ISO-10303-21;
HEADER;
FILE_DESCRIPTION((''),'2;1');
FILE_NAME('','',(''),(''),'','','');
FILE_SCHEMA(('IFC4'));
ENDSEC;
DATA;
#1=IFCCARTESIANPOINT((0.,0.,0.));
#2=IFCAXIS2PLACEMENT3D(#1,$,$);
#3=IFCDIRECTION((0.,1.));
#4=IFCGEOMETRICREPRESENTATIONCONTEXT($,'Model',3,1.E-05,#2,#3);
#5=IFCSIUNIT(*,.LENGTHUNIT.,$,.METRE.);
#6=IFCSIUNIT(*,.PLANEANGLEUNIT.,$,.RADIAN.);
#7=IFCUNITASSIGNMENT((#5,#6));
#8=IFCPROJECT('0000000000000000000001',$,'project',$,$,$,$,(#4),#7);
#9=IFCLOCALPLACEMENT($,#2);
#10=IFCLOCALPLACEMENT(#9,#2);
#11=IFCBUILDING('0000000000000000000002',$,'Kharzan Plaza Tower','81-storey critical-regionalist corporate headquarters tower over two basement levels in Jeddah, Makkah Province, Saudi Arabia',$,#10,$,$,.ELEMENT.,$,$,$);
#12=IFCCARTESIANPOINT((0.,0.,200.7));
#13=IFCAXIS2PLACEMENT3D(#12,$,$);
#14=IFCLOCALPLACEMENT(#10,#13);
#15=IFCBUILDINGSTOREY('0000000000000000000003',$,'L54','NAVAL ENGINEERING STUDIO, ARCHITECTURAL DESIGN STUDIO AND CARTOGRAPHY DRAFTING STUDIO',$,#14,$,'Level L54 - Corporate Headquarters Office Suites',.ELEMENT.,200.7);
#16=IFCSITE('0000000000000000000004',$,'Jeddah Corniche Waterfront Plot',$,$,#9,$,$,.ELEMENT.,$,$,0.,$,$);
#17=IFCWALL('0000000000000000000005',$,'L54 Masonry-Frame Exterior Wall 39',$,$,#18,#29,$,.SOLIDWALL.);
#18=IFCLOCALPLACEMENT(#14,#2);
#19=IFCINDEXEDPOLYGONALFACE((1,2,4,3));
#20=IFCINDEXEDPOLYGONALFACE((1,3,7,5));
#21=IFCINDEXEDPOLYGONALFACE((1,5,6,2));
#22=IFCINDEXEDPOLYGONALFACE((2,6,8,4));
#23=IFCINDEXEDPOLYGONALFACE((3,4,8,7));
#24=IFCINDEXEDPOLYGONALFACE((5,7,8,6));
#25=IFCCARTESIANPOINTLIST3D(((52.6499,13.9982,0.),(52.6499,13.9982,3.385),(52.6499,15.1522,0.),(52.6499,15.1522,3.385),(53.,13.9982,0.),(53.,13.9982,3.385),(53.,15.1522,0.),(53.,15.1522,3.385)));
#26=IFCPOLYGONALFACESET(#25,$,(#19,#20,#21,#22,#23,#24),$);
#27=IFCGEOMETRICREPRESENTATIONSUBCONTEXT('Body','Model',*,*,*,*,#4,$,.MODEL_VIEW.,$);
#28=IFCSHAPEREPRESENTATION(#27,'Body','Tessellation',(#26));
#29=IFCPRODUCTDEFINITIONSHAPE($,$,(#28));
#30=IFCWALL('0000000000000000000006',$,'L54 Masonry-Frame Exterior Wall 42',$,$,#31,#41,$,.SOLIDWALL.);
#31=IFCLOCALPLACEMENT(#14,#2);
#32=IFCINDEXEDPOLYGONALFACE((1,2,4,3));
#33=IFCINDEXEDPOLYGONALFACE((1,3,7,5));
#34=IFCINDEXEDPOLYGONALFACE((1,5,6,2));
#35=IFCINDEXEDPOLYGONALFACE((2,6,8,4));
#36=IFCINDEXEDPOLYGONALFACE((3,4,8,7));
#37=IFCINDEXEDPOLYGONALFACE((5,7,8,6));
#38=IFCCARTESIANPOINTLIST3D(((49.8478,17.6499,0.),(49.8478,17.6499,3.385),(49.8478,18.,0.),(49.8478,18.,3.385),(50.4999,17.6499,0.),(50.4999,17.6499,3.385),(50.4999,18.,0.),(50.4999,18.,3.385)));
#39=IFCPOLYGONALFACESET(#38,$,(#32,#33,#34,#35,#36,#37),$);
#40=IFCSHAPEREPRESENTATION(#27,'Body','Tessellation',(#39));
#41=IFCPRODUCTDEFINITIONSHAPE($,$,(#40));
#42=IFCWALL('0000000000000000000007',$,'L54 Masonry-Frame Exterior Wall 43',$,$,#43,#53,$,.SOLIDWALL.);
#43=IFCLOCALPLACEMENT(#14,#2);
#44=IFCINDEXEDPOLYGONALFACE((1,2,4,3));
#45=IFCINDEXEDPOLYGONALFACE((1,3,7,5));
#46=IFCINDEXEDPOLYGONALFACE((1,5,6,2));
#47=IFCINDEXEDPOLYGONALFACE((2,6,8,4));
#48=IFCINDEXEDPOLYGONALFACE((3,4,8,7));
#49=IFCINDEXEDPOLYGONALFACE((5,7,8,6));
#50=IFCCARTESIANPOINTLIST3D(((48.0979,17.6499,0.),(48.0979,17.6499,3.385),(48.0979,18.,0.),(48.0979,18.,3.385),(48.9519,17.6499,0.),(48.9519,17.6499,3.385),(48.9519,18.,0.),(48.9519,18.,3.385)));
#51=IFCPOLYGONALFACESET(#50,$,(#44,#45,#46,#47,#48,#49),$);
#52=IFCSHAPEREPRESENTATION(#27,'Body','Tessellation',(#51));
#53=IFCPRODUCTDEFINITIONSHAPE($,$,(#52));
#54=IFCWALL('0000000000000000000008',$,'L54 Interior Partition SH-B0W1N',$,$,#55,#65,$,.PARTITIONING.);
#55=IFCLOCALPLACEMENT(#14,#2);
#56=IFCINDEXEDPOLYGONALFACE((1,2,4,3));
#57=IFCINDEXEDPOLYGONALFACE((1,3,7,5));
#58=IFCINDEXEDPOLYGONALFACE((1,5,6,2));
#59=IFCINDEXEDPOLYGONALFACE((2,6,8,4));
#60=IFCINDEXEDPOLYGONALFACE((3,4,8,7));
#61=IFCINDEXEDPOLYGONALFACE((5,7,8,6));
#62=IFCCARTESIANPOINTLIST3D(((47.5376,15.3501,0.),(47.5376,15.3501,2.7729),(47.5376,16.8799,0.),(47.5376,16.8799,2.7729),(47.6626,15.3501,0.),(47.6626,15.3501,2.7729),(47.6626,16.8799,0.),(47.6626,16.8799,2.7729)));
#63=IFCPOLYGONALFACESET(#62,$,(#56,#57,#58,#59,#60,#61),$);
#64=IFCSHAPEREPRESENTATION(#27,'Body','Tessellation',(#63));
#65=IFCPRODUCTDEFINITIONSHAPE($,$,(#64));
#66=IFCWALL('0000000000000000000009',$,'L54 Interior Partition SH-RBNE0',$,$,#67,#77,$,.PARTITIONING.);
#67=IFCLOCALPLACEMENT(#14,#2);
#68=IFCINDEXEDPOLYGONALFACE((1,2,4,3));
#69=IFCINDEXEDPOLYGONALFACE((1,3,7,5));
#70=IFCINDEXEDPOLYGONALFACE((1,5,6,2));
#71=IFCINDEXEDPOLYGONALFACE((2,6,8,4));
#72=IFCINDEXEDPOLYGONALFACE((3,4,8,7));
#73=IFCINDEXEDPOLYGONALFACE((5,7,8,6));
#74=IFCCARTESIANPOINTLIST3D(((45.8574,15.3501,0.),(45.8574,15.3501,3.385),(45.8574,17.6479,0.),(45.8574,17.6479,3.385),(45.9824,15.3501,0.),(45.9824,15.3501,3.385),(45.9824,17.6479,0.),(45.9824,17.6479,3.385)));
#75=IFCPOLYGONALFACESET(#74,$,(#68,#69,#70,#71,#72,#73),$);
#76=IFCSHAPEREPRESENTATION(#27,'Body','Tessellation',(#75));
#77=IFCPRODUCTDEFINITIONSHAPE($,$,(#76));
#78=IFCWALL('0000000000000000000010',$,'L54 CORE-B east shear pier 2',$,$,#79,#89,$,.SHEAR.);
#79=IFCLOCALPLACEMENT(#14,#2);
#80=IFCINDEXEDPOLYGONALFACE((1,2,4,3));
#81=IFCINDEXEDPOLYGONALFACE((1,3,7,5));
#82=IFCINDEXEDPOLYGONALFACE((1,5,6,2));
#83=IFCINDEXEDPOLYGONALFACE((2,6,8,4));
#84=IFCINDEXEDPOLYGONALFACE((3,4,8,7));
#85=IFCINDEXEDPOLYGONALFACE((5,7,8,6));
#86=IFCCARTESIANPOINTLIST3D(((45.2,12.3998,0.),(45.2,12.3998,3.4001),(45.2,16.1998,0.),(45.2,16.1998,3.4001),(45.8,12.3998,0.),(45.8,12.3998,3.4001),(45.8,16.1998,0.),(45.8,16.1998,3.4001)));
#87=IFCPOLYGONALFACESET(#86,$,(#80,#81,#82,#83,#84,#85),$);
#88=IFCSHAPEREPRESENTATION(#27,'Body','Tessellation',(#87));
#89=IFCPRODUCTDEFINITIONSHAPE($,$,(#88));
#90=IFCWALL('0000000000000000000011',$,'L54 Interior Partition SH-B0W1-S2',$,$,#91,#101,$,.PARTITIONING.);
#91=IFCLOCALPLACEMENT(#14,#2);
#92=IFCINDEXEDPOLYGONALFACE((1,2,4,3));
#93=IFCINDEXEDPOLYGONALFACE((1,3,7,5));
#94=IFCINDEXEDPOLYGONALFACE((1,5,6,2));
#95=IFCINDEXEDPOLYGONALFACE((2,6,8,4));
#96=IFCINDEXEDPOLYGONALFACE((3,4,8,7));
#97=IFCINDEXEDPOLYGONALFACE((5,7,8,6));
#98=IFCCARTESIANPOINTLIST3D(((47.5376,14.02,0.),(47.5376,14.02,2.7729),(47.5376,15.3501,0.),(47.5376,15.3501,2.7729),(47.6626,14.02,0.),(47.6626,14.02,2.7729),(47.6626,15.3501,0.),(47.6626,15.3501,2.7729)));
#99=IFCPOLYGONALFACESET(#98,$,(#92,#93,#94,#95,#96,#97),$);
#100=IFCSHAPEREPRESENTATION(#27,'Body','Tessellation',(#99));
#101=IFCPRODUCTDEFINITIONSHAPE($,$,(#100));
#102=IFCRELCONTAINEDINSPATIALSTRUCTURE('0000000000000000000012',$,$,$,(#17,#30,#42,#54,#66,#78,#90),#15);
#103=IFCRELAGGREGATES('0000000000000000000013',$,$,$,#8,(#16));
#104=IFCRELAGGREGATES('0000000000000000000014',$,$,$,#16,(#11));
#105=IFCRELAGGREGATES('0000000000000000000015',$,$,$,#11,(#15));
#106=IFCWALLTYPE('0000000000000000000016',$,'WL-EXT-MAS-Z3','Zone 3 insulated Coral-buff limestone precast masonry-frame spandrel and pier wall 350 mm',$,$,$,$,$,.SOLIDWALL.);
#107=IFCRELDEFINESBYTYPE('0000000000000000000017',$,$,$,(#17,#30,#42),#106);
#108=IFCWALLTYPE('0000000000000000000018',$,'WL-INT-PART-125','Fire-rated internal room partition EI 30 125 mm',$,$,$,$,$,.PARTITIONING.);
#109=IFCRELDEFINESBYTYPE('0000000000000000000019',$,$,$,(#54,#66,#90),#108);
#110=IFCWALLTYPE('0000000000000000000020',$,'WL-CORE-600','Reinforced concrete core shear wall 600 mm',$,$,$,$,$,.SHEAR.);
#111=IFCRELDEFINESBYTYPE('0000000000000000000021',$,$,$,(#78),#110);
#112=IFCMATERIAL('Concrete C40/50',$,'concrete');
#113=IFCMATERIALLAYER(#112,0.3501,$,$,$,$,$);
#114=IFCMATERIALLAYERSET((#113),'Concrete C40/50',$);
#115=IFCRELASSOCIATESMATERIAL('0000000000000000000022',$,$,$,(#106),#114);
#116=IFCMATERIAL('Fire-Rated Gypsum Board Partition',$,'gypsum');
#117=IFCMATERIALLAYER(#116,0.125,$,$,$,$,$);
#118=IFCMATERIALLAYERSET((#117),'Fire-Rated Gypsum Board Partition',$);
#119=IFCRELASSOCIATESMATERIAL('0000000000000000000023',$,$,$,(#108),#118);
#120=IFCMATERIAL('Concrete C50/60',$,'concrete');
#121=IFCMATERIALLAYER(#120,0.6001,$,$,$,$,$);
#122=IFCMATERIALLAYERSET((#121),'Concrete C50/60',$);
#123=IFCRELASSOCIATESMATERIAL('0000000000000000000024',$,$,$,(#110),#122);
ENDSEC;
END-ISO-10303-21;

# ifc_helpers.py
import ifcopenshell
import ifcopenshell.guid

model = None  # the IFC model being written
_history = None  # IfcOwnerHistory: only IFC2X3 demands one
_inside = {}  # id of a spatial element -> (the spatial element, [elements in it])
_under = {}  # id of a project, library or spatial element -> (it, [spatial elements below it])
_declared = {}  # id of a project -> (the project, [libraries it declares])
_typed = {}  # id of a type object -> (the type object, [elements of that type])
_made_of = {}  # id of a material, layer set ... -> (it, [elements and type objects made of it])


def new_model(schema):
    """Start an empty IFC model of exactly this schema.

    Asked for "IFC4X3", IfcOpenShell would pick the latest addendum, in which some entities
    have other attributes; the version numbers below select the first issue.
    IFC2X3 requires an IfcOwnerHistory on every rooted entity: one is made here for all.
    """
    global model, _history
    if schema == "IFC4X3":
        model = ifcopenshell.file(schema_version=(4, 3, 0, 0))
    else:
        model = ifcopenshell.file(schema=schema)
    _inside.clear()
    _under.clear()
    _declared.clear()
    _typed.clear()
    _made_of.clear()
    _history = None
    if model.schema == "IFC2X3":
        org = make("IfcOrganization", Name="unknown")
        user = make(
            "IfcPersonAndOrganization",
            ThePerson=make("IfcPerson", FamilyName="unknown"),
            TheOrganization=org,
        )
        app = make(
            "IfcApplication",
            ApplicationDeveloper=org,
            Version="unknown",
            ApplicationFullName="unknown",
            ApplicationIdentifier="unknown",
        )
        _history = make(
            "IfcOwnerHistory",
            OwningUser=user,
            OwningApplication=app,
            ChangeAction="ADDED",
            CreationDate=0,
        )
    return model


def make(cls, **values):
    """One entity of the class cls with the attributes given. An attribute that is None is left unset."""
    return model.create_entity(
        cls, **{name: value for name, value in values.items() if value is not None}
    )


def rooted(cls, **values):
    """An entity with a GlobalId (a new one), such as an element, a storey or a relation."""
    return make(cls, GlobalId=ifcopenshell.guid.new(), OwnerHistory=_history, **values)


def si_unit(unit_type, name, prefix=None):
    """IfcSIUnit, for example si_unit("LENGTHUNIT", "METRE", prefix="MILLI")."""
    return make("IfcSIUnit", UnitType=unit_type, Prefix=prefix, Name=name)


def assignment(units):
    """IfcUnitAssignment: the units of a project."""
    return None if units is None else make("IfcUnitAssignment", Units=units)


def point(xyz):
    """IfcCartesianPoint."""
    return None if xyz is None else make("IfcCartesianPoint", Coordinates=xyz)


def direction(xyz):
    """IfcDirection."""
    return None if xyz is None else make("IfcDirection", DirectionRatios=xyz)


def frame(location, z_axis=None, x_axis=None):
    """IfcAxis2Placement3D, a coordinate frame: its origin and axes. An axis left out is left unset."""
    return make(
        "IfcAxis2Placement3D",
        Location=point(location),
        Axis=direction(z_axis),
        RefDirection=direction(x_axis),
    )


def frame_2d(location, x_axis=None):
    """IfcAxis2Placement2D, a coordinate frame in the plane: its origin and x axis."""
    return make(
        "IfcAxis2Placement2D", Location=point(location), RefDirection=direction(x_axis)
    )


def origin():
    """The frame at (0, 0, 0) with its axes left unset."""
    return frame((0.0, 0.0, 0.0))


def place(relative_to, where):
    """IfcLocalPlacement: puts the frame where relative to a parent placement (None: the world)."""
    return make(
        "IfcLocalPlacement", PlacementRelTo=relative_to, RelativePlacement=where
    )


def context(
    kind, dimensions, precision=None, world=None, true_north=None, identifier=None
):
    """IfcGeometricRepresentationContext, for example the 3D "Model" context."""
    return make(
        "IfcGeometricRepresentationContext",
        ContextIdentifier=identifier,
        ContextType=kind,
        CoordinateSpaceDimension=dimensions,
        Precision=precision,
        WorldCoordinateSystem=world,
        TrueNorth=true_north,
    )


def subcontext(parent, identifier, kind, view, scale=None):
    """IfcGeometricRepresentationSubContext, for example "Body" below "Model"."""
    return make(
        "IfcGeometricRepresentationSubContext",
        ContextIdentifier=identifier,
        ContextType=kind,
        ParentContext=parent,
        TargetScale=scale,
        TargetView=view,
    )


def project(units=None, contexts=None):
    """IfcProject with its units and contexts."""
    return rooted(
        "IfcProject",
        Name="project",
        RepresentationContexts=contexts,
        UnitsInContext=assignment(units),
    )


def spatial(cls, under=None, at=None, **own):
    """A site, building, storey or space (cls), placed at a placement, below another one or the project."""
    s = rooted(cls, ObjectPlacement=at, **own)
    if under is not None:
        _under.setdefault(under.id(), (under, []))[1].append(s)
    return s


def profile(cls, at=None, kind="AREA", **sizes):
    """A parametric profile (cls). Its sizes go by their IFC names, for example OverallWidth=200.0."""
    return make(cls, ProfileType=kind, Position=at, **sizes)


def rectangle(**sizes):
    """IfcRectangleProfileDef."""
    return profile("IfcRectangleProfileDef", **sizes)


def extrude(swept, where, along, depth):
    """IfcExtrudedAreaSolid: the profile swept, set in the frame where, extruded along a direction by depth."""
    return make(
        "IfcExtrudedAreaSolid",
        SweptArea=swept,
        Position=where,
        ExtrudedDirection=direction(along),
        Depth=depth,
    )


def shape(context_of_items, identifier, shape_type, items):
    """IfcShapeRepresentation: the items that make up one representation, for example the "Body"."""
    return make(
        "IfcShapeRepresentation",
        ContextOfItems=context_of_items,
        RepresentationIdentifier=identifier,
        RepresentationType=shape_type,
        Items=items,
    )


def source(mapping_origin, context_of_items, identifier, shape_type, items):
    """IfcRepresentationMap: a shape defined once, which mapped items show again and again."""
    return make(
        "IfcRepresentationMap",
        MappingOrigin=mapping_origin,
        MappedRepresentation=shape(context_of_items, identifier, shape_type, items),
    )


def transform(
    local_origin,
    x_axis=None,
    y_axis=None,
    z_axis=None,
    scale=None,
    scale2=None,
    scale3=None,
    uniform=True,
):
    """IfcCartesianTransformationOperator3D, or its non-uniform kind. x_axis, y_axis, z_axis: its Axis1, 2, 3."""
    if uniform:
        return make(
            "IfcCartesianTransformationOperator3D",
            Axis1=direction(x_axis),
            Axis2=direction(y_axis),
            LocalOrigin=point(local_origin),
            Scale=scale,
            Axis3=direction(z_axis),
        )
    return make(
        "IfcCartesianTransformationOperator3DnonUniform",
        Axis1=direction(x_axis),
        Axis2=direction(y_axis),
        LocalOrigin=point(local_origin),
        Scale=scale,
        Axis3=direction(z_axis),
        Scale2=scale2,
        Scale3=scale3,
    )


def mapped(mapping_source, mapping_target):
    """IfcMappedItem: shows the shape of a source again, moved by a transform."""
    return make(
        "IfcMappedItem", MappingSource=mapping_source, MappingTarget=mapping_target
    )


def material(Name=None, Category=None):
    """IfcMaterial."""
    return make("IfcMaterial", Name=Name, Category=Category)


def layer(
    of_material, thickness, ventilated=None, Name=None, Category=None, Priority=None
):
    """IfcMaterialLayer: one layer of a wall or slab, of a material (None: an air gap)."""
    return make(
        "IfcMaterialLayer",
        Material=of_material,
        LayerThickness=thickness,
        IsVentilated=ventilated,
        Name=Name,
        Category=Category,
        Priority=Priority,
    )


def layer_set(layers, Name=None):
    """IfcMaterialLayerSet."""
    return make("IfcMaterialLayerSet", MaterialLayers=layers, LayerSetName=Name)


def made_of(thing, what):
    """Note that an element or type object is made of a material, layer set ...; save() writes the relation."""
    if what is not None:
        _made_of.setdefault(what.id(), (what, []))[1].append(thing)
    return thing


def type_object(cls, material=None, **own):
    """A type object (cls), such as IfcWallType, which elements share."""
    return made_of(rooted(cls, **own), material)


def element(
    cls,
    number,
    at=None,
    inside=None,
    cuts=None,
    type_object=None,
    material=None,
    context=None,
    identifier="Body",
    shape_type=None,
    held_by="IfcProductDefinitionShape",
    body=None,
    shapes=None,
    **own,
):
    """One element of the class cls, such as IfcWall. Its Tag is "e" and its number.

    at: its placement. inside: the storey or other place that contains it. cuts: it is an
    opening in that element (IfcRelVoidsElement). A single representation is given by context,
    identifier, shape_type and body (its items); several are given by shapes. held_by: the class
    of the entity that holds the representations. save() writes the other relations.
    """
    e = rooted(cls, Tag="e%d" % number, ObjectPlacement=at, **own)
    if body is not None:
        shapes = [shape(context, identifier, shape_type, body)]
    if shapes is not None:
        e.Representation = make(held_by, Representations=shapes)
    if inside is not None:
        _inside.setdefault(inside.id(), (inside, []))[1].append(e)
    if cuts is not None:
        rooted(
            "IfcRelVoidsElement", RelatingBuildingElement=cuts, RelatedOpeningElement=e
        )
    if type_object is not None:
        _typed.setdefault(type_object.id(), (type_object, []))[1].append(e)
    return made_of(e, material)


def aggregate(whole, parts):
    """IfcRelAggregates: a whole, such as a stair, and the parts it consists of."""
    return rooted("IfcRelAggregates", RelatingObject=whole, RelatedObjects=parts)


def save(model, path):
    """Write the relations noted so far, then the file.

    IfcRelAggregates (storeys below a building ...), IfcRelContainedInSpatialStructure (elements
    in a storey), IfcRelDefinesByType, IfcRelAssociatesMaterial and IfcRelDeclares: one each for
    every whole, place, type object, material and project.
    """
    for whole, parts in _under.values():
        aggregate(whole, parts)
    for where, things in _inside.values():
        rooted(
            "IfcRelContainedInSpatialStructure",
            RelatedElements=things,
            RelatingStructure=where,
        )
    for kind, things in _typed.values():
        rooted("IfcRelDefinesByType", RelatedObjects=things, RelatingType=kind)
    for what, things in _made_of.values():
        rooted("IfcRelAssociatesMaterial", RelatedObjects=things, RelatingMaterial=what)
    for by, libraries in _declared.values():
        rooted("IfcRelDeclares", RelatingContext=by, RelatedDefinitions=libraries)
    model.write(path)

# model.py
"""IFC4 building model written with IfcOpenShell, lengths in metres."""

from ifc_helpers import new_model, si_unit, direction, frame, frame_2d, origin, place, context, subcontext, project, spatial, rectangle, extrude, source, transform, mapped, material, layer, layer_set, type_object, element, save


model = new_model("IFC4")

# Units and contexts
model_context = context("Model", 3, precision=1e-05, world=origin(), true_north=direction((0.0, 1.0)))
body_context = subcontext(model_context, "Body", "Model", "MODEL_VIEW")
ifc_project = project(units=[si_unit("LENGTHUNIT", "METRE"), si_unit("PLANEANGLEUNIT", "RADIAN")], contexts=[model_context])

# Site, building, storey
site_placement = place(None, origin())
site = spatial("IfcSite", under=ifc_project, at=site_placement, Name="Jeddah Corniche Waterfront Plot", CompositionType="ELEMENT", RefElevation=0.0)
building_placement = place(site_placement, origin())
building = spatial("IfcBuilding", under=site, at=building_placement, Name="Kharzan Plaza Tower", Description="81-storey critical-regionalist corporate headquarters tower over two basement levels in Jeddah, Makkah Province, Saudi Arabia", CompositionType="ELEMENT")
storey_placement = place(building_placement, frame((0.0, 0.0, 200.7)))
storey = spatial("IfcBuildingStorey", under=building, at=storey_placement, Name="L54", Description="NAVAL ENGINEERING STUDIO, ARCHITECTURAL DESIGN STUDIO AND CARTOGRAPHY DRAFTING STUDIO", LongName="Level L54 - Corporate Headquarters Office Suites", CompositionType="ELEMENT", Elevation=200.7)

# Shared definitions
ifc_material_1 = material(Name="Concrete C50/60", Category="concrete")

# Shared definitions
ifc_material_2 = material(Name="Concrete C40/50", Category="concrete")
ifc_layer_1 = layer(ifc_material_2, 0.3501)
ifc_layer_set_1 = layer_set([ifc_layer_1], Name="Concrete C40/50")
wall_type_1 = type_object("IfcWallType", Name="WL-EXT-MAS-Z3", Description="Zone 3 insulated Coral-buff limestone precast masonry-frame spandrel and pier wall 350 mm", PredefinedType="SOLIDWALL", material=ifc_layer_set_1)

# Walls
shared_shape_1 = source(origin(), body_context, "Body", "SweptSolid", [
    extrude(rectangle(XDim=1.1541, YDim=0.3501, at=frame_2d((0.5771, 0.0))), origin(), (0.0, 0.0, 1.0), 3.385),
])
wall_1_placement = place(storey_placement, frame((52.825, 13.998, 0.0), z_axis=(0.0, 0.0, 1.0), x_axis=(0.0, 1.0, 0.0)))
element("IfcWall", 1, at=wall_1_placement, inside=storey, type_object=wall_type_1, Name="L54 Masonry-Frame Exterior Wall 39", PredefinedType="SOLIDWALL", context=body_context, shape_type="MappedRepresentation", body=[
    mapped(shared_shape_1, transform((0.0, 0.0, 0.0), x_axis=(1.0, 0.0, 0.0), y_axis=(0.0, 1.0, 0.0), z_axis=(0.0, 0.0, 1.0))),
])
shared_shape_2 = source(origin(), body_context, "Body", "SweptSolid", [
    extrude(rectangle(XDim=0.6521, YDim=0.3501, at=frame_2d((0.3262, 0.0))), origin(), (0.0, 0.0, 1.0), 3.385),
])
wall_2_placement = place(storey_placement, frame((50.5, 17.825, 0.0), z_axis=(0.0, 0.0, 1.0), x_axis=(-1.0, 0.0, 0.0)))
element("IfcWall", 2, at=wall_2_placement, inside=storey, type_object=wall_type_1, Name="L54 Masonry-Frame Exterior Wall 42", PredefinedType="SOLIDWALL", context=body_context, shape_type="MappedRepresentation", body=[
    mapped(shared_shape_2, transform((0.0, 0.0, 0.0), x_axis=(1.0, 0.0, 0.0), y_axis=(0.0, 1.0, 0.0), z_axis=(0.0, 0.0, 1.0))),
])
shared_shape_3 = source(origin(), body_context, "Body", "SweptSolid", [
    extrude(rectangle(XDim=0.854, YDim=0.3501, at=frame_2d((0.427, 0.0))), origin(), (0.0, 0.0, 1.0), 3.385),
])
wall_3_placement = place(storey_placement, frame((48.9519, 17.825, 0.0), z_axis=(0.0, 0.0, 1.0), x_axis=(-1.0, 0.0, 0.0)))
element("IfcWall", 3, at=wall_3_placement, inside=storey, type_object=wall_type_1, Name="L54 Masonry-Frame Exterior Wall 43", PredefinedType="SOLIDWALL", context=body_context, shape_type="MappedRepresentation", body=[
    mapped(shared_shape_3, transform((0.0, 0.0, 0.0), x_axis=(1.0, 0.0, 0.0), y_axis=(0.0, 1.0, 0.0), z_axis=(0.0, 0.0, 1.0))),
])
ifc_material_3 = material(Name="Fire-Rated Gypsum Board Partition", Category="gypsum")
ifc_layer_2 = layer(ifc_material_3, 0.125)
ifc_layer_set_2 = layer_set([ifc_layer_2], Name="Fire-Rated Gypsum Board Partition")
wall_type_2 = type_object("IfcWallType", Name="WL-INT-PART-125", Description="Fire-rated internal room partition EI 30 125 mm", PredefinedType="PARTITIONING", material=ifc_layer_set_2)
shared_shape_4 = source(origin(), body_context, "Body", "SweptSolid", [
    extrude(rectangle(XDim=1.5298, YDim=0.125, at=frame_2d((0.7649, 0.0))), origin(), (0.0, 0.0, 1.0), 2.7729),
])
wall_4_placement = place(storey_placement, frame((47.6001, 15.3501, 0.0), z_axis=(0.0, 0.0, 1.0), x_axis=(0.0, 1.0, 0.0)))
element("IfcWall", 4, at=wall_4_placement, inside=storey, type_object=wall_type_2, Name="L54 Interior Partition SH-B0W1N", PredefinedType="PARTITIONING", context=body_context, shape_type="MappedRepresentation", body=[
    mapped(shared_shape_4, transform((0.0, 0.0, 0.0), x_axis=(1.0, 0.0, 0.0), y_axis=(0.0, 1.0, 0.0), z_axis=(0.0, 0.0, 1.0))),
])
shared_shape_5 = source(origin(), body_context, "Body", "SweptSolid", [
    extrude(rectangle(XDim=2.2979, YDim=0.125, at=frame_2d((1.1489, 0.0))), origin(), (0.0, 0.0, 1.0), 3.385),
])
wall_5_placement = place(storey_placement, frame((45.9199, 15.3501, 0.0), z_axis=(0.0, 0.0, 1.0), x_axis=(0.0, 1.0, 0.0)))
element("IfcWall", 5, at=wall_5_placement, inside=storey, type_object=wall_type_2, Name="L54 Interior Partition SH-RBNE0", PredefinedType="PARTITIONING", context=body_context, shape_type="MappedRepresentation", body=[
    mapped(shared_shape_5, transform((0.0, 0.0, 0.0), x_axis=(1.0, 0.0, 0.0), y_axis=(0.0, 1.0, 0.0), z_axis=(0.0, 0.0, 1.0))),
])
ifc_layer_3 = layer(ifc_material_1, 0.6001)
ifc_layer_set_3 = layer_set([ifc_layer_3], Name="Concrete C50/60")
wall_type_3 = type_object("IfcWallType", Name="WL-CORE-600", Description="Reinforced concrete core shear wall 600 mm", PredefinedType="SHEAR", material=ifc_layer_set_3)
shared_shape_6 = source(origin(), body_context, "Body", "SweptSolid", [
    extrude(rectangle(XDim=3.8, YDim=0.6001, at=frame_2d((1.8999, 0.0))), origin(), (0.0, 0.0, 1.0), 3.4001),
])
wall_6_placement = place(storey_placement, frame((45.5, 12.3999, 0.0), z_axis=(0.0, 0.0, 1.0), x_axis=(0.0, 1.0, 0.0)))
element("IfcWall", 6, at=wall_6_placement, inside=storey, type_object=wall_type_3, Name="L54 CORE-B east shear pier 2", PredefinedType="SHEAR", context=body_context, shape_type="MappedRepresentation", body=[
    mapped(shared_shape_6, transform((0.0, 0.0, 0.0), x_axis=(1.0, 0.0, 0.0), y_axis=(0.0, 1.0, 0.0), z_axis=(0.0, 0.0, 1.0))),
])
shared_shape_7 = source(origin(), body_context, "Body", "SweptSolid", [
    extrude(rectangle(XDim=1.3301, YDim=0.125, at=frame_2d((0.665, 0.0))), origin(), (0.0, 0.0, 1.0), 2.7729),
])
wall_7_placement = place(storey_placement, frame((47.6001, 14.02, 0.0), z_axis=(0.0, 0.0, 1.0), x_axis=(0.0, 1.0, 0.0)))
element("IfcWall", 7, at=wall_7_placement, inside=storey, type_object=wall_type_2, Name="L54 Interior Partition SH-B0W1-S2", PredefinedType="PARTITIONING", context=body_context, shape_type="MappedRepresentation", body=[
    mapped(shared_shape_7, transform((0.0, 0.0, 0.0), x_axis=(1.0, 0.0, 0.0), y_axis=(0.0, 1.0, 0.0), z_axis=(0.0, 0.0, 1.0))),
])

save(model, "model.ifc")
